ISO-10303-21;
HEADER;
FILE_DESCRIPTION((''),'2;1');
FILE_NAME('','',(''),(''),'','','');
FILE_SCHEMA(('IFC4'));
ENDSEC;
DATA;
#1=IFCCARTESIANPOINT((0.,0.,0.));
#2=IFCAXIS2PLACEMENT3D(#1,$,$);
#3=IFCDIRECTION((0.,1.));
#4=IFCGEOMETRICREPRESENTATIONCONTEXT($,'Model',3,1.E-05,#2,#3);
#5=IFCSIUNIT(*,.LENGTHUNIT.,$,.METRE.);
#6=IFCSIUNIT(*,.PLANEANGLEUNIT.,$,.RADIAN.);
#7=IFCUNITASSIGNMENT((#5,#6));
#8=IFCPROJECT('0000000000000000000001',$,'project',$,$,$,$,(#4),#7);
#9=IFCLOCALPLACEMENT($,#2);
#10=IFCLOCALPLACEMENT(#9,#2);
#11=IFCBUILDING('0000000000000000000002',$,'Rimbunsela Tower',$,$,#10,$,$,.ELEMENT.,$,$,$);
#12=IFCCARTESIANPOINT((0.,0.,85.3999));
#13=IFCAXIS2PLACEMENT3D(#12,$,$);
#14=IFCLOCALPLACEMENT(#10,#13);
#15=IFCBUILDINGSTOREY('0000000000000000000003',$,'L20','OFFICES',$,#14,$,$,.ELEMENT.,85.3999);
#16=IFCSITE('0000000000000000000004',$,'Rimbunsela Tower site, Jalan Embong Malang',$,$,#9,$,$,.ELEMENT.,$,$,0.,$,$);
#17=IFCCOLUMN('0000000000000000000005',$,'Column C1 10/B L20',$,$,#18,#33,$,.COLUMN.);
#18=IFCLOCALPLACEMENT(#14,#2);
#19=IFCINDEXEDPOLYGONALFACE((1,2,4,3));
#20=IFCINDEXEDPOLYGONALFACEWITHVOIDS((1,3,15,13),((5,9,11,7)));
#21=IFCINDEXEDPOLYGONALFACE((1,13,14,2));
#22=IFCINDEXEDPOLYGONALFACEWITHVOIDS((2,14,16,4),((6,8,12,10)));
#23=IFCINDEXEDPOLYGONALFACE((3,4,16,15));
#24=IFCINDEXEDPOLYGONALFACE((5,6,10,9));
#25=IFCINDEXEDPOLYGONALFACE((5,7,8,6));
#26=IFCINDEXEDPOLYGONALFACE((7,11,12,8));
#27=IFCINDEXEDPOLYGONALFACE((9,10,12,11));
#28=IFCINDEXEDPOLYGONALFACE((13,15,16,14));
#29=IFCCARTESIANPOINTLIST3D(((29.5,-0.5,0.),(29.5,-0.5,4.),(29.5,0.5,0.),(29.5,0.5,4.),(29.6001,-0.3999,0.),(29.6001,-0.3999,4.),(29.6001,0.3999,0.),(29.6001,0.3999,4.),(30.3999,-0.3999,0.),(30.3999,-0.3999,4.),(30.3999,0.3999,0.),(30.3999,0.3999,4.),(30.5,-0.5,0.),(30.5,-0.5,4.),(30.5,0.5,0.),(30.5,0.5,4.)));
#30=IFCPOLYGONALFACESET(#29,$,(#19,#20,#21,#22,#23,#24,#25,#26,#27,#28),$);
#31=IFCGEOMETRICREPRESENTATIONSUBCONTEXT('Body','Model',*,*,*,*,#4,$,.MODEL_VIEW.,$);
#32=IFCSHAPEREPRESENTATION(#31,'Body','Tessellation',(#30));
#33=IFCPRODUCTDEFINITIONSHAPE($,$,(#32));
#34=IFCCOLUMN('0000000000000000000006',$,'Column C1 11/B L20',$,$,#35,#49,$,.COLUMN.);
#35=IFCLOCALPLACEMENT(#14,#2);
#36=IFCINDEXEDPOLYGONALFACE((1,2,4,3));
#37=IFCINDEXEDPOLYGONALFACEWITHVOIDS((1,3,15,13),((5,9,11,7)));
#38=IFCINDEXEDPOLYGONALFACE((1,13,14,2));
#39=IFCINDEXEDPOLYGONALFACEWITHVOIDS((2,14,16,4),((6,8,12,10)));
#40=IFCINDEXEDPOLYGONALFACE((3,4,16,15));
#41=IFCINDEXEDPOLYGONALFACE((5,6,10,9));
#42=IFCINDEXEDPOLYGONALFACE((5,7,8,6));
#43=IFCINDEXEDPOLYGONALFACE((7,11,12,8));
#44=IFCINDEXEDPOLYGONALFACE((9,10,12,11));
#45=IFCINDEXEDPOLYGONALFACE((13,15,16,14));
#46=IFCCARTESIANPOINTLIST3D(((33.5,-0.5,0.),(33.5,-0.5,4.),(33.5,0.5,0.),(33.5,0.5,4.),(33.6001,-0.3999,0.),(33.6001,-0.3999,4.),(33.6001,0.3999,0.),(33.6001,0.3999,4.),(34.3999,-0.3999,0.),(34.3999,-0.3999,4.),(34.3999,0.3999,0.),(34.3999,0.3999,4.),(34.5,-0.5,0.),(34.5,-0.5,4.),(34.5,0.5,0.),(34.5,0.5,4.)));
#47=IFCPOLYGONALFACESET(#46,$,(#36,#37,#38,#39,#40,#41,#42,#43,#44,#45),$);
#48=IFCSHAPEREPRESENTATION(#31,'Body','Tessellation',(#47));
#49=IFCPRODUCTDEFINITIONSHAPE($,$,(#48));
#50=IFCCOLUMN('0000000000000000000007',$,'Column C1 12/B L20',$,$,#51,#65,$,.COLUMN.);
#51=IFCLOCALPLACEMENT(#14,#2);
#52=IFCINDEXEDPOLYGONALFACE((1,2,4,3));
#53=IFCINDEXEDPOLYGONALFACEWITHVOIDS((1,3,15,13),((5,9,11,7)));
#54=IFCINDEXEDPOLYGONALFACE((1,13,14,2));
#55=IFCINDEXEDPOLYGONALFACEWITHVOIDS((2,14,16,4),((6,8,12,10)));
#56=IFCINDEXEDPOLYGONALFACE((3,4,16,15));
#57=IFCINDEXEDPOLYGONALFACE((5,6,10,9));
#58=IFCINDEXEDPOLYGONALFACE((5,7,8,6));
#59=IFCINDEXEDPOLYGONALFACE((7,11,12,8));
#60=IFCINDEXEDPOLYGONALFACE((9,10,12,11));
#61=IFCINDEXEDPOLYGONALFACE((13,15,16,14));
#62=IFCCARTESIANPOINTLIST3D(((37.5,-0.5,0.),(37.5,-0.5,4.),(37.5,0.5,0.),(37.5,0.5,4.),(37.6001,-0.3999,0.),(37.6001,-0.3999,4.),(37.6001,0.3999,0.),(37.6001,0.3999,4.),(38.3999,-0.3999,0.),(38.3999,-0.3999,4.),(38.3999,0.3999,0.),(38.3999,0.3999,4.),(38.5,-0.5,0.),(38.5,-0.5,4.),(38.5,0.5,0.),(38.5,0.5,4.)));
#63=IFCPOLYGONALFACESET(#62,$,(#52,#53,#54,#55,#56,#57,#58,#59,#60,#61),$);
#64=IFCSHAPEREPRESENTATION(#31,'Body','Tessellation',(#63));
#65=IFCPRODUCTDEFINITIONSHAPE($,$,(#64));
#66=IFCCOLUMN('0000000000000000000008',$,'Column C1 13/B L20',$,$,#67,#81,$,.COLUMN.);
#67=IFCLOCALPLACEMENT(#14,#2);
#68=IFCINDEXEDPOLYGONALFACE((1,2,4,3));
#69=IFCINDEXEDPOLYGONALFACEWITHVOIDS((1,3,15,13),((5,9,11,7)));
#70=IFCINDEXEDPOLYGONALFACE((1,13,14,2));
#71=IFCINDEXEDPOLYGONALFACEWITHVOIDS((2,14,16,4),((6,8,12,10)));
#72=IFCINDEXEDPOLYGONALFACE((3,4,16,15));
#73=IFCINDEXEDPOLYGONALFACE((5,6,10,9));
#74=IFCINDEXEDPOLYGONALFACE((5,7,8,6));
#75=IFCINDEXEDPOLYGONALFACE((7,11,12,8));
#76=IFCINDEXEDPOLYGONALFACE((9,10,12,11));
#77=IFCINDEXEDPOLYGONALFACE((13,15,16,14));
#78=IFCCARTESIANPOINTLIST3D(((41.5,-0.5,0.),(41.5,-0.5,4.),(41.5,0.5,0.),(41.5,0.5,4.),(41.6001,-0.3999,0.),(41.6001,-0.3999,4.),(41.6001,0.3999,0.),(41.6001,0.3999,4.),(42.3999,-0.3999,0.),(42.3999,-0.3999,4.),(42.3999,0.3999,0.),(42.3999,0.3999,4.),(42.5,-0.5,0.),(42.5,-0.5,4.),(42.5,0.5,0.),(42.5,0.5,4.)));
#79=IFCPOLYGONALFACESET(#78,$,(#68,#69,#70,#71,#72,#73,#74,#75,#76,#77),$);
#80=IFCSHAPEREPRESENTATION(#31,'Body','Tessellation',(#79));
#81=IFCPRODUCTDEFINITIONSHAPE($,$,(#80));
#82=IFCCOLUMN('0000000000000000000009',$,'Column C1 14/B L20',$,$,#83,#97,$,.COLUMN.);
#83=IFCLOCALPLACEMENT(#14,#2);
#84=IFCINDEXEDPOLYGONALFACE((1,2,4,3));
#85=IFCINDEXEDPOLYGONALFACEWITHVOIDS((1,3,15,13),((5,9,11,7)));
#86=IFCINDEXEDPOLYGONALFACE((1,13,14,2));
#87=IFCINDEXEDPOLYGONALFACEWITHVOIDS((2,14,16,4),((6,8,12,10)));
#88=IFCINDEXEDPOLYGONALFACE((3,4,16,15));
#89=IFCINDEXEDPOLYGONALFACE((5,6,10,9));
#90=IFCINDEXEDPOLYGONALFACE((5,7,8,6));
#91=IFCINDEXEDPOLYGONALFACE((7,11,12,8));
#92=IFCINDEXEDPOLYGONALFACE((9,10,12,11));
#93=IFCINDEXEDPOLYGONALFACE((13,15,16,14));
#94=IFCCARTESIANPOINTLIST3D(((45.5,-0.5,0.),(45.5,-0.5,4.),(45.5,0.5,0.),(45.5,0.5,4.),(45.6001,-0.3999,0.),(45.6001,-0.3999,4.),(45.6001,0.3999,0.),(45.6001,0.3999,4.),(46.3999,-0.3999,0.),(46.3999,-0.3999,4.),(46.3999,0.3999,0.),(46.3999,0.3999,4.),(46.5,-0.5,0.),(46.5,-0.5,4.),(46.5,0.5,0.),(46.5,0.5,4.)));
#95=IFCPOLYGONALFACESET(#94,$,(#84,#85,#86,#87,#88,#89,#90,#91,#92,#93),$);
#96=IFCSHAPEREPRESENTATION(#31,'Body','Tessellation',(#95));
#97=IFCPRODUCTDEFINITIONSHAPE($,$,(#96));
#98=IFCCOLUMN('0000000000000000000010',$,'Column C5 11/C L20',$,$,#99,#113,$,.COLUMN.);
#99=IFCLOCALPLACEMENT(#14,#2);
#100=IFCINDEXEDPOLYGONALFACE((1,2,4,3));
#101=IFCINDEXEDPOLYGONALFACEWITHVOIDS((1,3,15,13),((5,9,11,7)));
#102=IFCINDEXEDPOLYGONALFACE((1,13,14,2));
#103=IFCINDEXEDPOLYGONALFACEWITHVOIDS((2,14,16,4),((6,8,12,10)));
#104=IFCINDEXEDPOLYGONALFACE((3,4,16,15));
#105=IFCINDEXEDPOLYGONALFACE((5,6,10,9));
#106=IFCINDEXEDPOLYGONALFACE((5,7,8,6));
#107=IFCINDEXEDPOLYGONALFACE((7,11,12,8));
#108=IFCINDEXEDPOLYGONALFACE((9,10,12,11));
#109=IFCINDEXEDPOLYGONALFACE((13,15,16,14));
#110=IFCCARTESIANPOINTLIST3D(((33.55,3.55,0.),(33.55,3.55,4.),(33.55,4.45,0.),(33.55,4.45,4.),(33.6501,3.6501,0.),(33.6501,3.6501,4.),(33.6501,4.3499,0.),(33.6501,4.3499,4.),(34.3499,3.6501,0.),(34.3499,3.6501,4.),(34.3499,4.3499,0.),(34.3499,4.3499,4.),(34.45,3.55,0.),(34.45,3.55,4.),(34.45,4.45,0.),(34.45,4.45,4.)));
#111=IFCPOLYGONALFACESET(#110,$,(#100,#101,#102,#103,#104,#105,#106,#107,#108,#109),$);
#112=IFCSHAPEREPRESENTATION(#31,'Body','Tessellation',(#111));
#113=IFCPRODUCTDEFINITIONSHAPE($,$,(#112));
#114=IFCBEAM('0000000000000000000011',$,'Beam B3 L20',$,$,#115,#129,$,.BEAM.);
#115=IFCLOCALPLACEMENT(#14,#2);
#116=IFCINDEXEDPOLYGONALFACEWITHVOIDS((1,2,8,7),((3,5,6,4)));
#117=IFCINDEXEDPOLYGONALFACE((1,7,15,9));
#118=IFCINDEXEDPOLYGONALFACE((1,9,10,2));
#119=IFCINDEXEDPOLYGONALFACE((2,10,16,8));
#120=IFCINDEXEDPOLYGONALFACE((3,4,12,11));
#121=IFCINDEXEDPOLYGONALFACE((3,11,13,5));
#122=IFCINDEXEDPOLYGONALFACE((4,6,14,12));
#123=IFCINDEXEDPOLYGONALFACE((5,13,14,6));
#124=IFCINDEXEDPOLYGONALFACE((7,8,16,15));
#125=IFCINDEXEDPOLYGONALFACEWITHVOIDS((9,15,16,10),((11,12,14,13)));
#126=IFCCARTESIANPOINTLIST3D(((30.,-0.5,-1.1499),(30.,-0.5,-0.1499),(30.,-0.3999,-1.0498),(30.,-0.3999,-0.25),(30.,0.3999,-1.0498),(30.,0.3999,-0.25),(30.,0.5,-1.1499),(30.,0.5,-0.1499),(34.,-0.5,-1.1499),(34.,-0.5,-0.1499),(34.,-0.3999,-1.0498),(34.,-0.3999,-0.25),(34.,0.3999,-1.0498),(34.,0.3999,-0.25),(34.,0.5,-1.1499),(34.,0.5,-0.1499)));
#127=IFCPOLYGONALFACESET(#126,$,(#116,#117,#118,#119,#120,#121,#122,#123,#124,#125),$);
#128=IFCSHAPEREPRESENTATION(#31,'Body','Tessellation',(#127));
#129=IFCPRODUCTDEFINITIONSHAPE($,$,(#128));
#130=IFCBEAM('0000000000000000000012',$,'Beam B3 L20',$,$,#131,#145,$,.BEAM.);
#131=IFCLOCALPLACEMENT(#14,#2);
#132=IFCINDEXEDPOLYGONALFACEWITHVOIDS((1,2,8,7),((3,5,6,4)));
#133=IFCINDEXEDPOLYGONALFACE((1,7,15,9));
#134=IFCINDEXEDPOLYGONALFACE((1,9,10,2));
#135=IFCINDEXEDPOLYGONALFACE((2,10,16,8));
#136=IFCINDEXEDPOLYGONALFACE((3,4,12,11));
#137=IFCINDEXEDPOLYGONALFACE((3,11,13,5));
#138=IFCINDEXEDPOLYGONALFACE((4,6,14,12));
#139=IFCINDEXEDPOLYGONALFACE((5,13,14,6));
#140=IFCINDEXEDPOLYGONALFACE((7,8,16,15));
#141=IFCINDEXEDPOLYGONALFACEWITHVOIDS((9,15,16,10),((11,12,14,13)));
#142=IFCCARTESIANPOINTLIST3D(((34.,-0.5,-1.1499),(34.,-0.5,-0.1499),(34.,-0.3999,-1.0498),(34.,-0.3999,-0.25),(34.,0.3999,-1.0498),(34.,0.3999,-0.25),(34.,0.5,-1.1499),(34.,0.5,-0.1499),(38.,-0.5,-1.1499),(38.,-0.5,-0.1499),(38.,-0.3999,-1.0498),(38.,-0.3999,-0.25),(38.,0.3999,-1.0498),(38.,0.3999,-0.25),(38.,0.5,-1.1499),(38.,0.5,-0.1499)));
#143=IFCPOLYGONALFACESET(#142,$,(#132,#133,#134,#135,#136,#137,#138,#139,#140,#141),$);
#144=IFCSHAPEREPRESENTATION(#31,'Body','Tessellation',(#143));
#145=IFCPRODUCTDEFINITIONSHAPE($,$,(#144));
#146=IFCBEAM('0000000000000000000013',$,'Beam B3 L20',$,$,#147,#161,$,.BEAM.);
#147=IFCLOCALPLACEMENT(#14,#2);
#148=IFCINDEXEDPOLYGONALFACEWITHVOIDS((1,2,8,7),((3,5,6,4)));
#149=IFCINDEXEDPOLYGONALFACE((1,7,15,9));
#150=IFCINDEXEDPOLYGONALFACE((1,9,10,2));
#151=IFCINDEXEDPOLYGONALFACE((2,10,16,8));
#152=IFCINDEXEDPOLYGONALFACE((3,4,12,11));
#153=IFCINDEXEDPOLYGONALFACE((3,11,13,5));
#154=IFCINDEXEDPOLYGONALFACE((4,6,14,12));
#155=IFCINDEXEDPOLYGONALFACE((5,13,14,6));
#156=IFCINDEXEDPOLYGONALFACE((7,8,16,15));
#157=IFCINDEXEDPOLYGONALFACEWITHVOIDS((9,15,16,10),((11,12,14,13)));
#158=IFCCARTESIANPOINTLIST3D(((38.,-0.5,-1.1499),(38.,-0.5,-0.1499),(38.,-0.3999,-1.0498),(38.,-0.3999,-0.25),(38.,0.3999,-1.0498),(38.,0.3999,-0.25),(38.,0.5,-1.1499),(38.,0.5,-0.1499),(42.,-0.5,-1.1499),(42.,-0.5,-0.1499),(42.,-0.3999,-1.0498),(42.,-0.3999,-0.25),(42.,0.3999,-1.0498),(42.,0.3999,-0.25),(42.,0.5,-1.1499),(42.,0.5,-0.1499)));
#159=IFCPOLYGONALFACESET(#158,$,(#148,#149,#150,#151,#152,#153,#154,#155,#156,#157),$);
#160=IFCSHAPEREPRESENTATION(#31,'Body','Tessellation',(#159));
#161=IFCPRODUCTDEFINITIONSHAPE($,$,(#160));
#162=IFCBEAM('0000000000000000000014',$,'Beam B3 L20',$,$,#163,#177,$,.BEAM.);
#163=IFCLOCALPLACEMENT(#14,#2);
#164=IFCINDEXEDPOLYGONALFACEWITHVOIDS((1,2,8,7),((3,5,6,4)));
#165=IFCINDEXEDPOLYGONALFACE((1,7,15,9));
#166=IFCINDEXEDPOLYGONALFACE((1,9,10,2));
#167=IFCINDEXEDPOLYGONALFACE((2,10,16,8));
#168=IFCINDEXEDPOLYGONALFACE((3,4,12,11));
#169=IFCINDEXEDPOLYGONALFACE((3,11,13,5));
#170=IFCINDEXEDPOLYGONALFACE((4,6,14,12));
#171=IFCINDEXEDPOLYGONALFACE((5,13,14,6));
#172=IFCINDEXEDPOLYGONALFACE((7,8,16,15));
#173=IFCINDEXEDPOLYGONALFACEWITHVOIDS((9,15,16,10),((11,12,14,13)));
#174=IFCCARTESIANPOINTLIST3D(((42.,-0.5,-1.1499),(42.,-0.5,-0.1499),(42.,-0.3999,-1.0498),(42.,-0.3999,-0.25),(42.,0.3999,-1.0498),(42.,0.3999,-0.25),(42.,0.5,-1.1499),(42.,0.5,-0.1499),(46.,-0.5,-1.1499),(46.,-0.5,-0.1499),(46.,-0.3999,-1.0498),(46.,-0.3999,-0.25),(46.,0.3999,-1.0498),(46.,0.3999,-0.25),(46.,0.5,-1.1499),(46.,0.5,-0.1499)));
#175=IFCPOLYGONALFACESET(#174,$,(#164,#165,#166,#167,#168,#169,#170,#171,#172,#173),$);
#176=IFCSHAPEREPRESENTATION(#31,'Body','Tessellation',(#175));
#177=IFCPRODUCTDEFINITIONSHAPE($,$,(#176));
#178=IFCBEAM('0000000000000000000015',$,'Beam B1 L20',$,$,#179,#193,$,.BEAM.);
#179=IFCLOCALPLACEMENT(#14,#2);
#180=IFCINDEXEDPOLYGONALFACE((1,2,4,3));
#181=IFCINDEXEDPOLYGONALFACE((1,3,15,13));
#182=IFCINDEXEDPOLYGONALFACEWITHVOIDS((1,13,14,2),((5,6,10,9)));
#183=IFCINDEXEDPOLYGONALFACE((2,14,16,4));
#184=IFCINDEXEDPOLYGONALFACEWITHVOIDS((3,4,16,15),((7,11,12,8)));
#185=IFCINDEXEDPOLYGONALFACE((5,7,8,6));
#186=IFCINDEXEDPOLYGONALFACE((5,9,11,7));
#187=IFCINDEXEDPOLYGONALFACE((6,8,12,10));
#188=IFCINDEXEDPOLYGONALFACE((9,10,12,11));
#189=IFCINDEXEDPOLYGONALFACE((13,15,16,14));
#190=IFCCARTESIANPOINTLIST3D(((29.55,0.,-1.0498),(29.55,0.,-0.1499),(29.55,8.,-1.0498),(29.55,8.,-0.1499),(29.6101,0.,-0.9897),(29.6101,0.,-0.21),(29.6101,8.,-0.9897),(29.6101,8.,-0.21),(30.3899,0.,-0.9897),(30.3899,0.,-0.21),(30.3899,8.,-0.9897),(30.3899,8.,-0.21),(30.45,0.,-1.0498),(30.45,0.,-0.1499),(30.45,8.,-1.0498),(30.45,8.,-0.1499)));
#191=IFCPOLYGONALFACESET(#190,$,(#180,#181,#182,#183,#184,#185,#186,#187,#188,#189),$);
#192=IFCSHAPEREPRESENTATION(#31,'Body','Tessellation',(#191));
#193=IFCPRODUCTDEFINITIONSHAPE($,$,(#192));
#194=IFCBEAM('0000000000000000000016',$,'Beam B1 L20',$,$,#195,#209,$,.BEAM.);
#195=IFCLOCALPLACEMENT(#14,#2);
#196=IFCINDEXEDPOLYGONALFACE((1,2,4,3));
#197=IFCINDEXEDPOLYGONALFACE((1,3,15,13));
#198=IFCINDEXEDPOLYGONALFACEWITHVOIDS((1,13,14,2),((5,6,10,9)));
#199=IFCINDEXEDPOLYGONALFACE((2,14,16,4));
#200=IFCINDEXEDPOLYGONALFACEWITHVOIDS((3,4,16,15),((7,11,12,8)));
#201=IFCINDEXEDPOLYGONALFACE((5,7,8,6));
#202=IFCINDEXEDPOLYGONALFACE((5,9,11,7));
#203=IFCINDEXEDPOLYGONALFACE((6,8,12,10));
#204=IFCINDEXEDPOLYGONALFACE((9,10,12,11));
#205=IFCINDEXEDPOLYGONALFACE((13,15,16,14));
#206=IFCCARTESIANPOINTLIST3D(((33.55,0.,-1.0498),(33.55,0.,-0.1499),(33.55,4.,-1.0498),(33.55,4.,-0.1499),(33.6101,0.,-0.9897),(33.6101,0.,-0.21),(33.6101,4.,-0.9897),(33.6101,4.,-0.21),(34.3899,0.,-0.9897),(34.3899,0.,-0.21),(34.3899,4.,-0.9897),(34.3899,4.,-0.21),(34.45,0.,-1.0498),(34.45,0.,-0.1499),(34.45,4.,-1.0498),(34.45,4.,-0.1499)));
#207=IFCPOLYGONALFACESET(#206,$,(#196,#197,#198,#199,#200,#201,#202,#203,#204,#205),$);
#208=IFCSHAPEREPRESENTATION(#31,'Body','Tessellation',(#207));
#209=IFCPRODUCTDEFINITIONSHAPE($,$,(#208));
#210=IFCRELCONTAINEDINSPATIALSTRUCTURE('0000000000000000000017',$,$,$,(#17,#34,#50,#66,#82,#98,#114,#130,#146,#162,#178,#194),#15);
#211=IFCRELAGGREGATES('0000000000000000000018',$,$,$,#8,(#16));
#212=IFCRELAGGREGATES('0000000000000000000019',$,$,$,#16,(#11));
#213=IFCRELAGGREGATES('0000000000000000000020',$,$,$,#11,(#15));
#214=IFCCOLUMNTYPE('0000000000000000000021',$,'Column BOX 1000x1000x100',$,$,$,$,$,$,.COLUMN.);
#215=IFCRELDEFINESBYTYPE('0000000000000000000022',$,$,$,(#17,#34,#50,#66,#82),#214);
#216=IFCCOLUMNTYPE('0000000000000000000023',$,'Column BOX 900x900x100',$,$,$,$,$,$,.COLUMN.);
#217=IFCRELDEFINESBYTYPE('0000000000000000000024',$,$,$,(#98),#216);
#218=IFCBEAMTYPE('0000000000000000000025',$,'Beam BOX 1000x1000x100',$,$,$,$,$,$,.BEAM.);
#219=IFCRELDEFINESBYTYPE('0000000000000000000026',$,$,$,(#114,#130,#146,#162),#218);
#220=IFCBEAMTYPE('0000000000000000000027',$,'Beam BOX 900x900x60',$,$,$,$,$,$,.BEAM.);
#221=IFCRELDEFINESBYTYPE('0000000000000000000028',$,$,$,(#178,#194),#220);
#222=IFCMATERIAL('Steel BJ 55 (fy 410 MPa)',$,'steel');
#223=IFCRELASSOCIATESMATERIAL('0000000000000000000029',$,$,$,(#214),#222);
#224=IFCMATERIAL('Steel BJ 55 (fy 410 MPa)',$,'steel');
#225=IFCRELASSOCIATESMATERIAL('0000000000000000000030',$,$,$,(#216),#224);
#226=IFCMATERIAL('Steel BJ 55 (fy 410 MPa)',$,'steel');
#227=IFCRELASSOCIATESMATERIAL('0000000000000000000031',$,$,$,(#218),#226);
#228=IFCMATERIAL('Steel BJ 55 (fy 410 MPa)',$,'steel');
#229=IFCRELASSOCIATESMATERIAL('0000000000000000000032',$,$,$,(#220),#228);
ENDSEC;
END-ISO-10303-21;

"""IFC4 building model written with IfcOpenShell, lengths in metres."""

from ifc_helpers import new_model, si_unit, direction, frame, origin, origin_2d, place, context, subcontext, project, spatial, hollow_rectangle, extrude, material, material_profile, profile_set, type_object, element, save


model = new_model("IFC4")

# Units and contexts
model_context = context("Model", 3, precision=1e-05, world=origin(), true_north=direction((0.0, 1.0)))
body_context = subcontext(model_context, "Body", "Model", "MODEL_VIEW")
ifc_project = project(units=[si_unit("LENGTHUNIT", "METRE"), si_unit("PLANEANGLEUNIT", "RADIAN")], contexts=[model_context])

# Site, building, storey
site_placement = place(None, origin())
site = spatial("IfcSite", under=ifc_project, at=site_placement, Name="Rimbunsela Tower site, Jalan Embong Malang", CompositionType="ELEMENT", RefElevation=0.0)
building_placement = place(site_placement, origin())
building = spatial("IfcBuilding", under=site, at=building_placement, Name="Rimbunsela Tower", CompositionType="ELEMENT")
storey_placement = place(building_placement, frame((0.0, 0.0, 85.3999)))
storey = spatial("IfcBuildingStorey", under=building, at=storey_placement, Name="L20", Description="OFFICES", CompositionType="ELEMENT", Elevation=85.3999)

# Columns
ifc_material_1 = material(Name="Steel BJ 55 (fy 410 MPa)", Category="steel")
ifc_material_profile_1 = material_profile(ifc_material_1, hollow_rectangle(XDim=1.0, YDim=1.0, WallThickness=0.1001, at=origin_2d()), Name="BOX 1000x1000x100")
ifc_profile_set_1 = profile_set([ifc_material_profile_1], Name="Steel BJ 55 (fy 410 MPa)")
column_type_1 = type_object("IfcColumnType", Name="Column BOX 1000x1000x100", PredefinedType="COLUMN", material=ifc_profile_set_1)
for number, where, z_axis, x_axis, name in (
    (1, (30.0, 0.0, 0.0), (0.0, 0.0, 1.0), (1.0, 0.0, 0.0), "Column C1 10/B L20"),
    (2, (34.0, 0.0, 0.0), (0.0, 0.0, 1.0), (1.0, 0.0, 0.0), "Column C1 11/B L20"),
    (3, (38.0, 0.0, 0.0), (0.0, 0.0, 1.0), (1.0, 0.0, 0.0), "Column C1 12/B L20"),
    (4, (42.0, 0.0, 0.0), (0.0, 0.0, 1.0), (1.0, 0.0, 0.0), "Column C1 13/B L20"),
    (5, (46.0, 0.0, 0.0), (0.0, 0.0, 1.0), (1.0, 0.0, 0.0), "Column C1 14/B L20"),
):
    element("IfcColumn", number, at=place(storey_placement, frame(where, z_axis=z_axis, x_axis=x_axis)), inside=storey, type_object=column_type_1, Name=name, PredefinedType="COLUMN", context=body_context, shape_type="SweptSolid", body=[
        extrude(hollow_rectangle(XDim=1.0, YDim=1.0, WallThickness=0.1001, at=origin_2d()), origin(), (0.0, 0.0, 1.0), 4.0),
    ])
ifc_material_2 = material(Name="Steel BJ 55 (fy 410 MPa)", Category="steel")
ifc_material_profile_2 = material_profile(ifc_material_2, hollow_rectangle(XDim=0.8999, YDim=0.8999, WallThickness=0.1001, at=origin_2d()), Name="BOX 900x900x100")
ifc_profile_set_2 = profile_set([ifc_material_profile_2], Name="Steel BJ 55 (fy 410 MPa)")
column_type_2 = type_object("IfcColumnType", Name="Column BOX 900x900x100", PredefinedType="COLUMN", material=ifc_profile_set_2)
column_placement = place(storey_placement, frame((34.0, 4.0, 0.0), z_axis=(0.0, 0.0, 1.0), x_axis=(1.0, 0.0, 0.0)))
element("IfcColumn", 6, at=column_placement, inside=storey, type_object=column_type_2, Name="Column C5 11/C L20", PredefinedType="COLUMN", context=body_context, shape_type="SweptSolid", body=[
    extrude(hollow_rectangle(XDim=0.8999, YDim=0.8999, WallThickness=0.1001, at=origin_2d()), origin(), (0.0, 0.0, 1.0), 4.0),
])

# Beams
ifc_material_3 = material(Name="Steel BJ 55 (fy 410 MPa)", Category="steel")
ifc_material_profile_3 = material_profile(ifc_material_3, hollow_rectangle(XDim=1.0, YDim=1.0, WallThickness=0.1001, at=origin_2d()), Name="BOX 1000x1000x100")
ifc_profile_set_3 = profile_set([ifc_material_profile_3], Name="Steel BJ 55 (fy 410 MPa)")
beam_type_1 = type_object("IfcBeamType", Name="Beam BOX 1000x1000x100", PredefinedType="BEAM", material=ifc_profile_set_3)
for number, where, z_axis, x_axis, name in (
    (7, (30.0, 0.0, -0.6499), (1.0, 0.0, 0.0), (0.0, 1.0, 0.0), "Beam B3 L20"),
    (8, (34.0, 0.0, -0.6499), (1.0, 0.0, 0.0), (0.0, 1.0, 0.0), "Beam B3 L20"),
    (9, (38.0, 0.0, -0.6499), (1.0, 0.0, 0.0), (0.0, 1.0, 0.0), "Beam B3 L20"),
    (10, (42.0, 0.0, -0.6499), (1.0, 0.0, 0.0), (0.0, 1.0, 0.0), "Beam B3 L20"),
):
    element("IfcBeam", number, at=place(storey_placement, frame(where, z_axis=z_axis, x_axis=x_axis)), inside=storey, type_object=beam_type_1, Name=name, PredefinedType="BEAM", context=body_context, shape_type="SweptSolid", body=[
        extrude(hollow_rectangle(XDim=1.0, YDim=1.0, WallThickness=0.1001, at=origin_2d()), origin(), (0.0, 0.0, 1.0), 4.0),
    ])
ifc_material_4 = material(Name="Steel BJ 55 (fy 410 MPa)", Category="steel")
ifc_material_profile_4 = material_profile(ifc_material_4, hollow_rectangle(XDim=0.8999, YDim=0.8999, WallThickness=0.0601, at=origin_2d()), Name="BOX 900x900x60")
ifc_profile_set_4 = profile_set([ifc_material_profile_4], Name="Steel BJ 55 (fy 410 MPa)")
beam_type_2 = type_object("IfcBeamType", Name="Beam BOX 900x900x60", PredefinedType="BEAM", material=ifc_profile_set_4)
beam_1_placement = place(storey_placement, frame((30.0, 0.0, -0.5999), z_axis=(0.0, 1.0, 0.0), x_axis=(-1.0, 0.0, 0.0)))
element("IfcBeam", 11, at=beam_1_placement, inside=storey, type_object=beam_type_2, Name="Beam B1 L20", PredefinedType="BEAM", context=body_context, shape_type="SweptSolid", body=[
    extrude(hollow_rectangle(XDim=0.8999, YDim=0.8999, WallThickness=0.0601, at=origin_2d()), origin(), (0.0, 0.0, 1.0), 8.0),
])
beam_2_placement = place(storey_placement, frame((34.0, 0.0, -0.5999), z_axis=(0.0, 1.0, 0.0), x_axis=(-1.0, 0.0, 0.0)))
element("IfcBeam", 12, at=beam_2_placement, inside=storey, type_object=beam_type_2, Name="Beam B1 L20", PredefinedType="BEAM", context=body_context, shape_type="SweptSolid", body=[
    extrude(hollow_rectangle(XDim=0.8999, YDim=0.8999, WallThickness=0.0601, at=origin_2d()), origin(), (0.0, 0.0, 1.0), 4.0),
])

save(model, "model.ifc")
